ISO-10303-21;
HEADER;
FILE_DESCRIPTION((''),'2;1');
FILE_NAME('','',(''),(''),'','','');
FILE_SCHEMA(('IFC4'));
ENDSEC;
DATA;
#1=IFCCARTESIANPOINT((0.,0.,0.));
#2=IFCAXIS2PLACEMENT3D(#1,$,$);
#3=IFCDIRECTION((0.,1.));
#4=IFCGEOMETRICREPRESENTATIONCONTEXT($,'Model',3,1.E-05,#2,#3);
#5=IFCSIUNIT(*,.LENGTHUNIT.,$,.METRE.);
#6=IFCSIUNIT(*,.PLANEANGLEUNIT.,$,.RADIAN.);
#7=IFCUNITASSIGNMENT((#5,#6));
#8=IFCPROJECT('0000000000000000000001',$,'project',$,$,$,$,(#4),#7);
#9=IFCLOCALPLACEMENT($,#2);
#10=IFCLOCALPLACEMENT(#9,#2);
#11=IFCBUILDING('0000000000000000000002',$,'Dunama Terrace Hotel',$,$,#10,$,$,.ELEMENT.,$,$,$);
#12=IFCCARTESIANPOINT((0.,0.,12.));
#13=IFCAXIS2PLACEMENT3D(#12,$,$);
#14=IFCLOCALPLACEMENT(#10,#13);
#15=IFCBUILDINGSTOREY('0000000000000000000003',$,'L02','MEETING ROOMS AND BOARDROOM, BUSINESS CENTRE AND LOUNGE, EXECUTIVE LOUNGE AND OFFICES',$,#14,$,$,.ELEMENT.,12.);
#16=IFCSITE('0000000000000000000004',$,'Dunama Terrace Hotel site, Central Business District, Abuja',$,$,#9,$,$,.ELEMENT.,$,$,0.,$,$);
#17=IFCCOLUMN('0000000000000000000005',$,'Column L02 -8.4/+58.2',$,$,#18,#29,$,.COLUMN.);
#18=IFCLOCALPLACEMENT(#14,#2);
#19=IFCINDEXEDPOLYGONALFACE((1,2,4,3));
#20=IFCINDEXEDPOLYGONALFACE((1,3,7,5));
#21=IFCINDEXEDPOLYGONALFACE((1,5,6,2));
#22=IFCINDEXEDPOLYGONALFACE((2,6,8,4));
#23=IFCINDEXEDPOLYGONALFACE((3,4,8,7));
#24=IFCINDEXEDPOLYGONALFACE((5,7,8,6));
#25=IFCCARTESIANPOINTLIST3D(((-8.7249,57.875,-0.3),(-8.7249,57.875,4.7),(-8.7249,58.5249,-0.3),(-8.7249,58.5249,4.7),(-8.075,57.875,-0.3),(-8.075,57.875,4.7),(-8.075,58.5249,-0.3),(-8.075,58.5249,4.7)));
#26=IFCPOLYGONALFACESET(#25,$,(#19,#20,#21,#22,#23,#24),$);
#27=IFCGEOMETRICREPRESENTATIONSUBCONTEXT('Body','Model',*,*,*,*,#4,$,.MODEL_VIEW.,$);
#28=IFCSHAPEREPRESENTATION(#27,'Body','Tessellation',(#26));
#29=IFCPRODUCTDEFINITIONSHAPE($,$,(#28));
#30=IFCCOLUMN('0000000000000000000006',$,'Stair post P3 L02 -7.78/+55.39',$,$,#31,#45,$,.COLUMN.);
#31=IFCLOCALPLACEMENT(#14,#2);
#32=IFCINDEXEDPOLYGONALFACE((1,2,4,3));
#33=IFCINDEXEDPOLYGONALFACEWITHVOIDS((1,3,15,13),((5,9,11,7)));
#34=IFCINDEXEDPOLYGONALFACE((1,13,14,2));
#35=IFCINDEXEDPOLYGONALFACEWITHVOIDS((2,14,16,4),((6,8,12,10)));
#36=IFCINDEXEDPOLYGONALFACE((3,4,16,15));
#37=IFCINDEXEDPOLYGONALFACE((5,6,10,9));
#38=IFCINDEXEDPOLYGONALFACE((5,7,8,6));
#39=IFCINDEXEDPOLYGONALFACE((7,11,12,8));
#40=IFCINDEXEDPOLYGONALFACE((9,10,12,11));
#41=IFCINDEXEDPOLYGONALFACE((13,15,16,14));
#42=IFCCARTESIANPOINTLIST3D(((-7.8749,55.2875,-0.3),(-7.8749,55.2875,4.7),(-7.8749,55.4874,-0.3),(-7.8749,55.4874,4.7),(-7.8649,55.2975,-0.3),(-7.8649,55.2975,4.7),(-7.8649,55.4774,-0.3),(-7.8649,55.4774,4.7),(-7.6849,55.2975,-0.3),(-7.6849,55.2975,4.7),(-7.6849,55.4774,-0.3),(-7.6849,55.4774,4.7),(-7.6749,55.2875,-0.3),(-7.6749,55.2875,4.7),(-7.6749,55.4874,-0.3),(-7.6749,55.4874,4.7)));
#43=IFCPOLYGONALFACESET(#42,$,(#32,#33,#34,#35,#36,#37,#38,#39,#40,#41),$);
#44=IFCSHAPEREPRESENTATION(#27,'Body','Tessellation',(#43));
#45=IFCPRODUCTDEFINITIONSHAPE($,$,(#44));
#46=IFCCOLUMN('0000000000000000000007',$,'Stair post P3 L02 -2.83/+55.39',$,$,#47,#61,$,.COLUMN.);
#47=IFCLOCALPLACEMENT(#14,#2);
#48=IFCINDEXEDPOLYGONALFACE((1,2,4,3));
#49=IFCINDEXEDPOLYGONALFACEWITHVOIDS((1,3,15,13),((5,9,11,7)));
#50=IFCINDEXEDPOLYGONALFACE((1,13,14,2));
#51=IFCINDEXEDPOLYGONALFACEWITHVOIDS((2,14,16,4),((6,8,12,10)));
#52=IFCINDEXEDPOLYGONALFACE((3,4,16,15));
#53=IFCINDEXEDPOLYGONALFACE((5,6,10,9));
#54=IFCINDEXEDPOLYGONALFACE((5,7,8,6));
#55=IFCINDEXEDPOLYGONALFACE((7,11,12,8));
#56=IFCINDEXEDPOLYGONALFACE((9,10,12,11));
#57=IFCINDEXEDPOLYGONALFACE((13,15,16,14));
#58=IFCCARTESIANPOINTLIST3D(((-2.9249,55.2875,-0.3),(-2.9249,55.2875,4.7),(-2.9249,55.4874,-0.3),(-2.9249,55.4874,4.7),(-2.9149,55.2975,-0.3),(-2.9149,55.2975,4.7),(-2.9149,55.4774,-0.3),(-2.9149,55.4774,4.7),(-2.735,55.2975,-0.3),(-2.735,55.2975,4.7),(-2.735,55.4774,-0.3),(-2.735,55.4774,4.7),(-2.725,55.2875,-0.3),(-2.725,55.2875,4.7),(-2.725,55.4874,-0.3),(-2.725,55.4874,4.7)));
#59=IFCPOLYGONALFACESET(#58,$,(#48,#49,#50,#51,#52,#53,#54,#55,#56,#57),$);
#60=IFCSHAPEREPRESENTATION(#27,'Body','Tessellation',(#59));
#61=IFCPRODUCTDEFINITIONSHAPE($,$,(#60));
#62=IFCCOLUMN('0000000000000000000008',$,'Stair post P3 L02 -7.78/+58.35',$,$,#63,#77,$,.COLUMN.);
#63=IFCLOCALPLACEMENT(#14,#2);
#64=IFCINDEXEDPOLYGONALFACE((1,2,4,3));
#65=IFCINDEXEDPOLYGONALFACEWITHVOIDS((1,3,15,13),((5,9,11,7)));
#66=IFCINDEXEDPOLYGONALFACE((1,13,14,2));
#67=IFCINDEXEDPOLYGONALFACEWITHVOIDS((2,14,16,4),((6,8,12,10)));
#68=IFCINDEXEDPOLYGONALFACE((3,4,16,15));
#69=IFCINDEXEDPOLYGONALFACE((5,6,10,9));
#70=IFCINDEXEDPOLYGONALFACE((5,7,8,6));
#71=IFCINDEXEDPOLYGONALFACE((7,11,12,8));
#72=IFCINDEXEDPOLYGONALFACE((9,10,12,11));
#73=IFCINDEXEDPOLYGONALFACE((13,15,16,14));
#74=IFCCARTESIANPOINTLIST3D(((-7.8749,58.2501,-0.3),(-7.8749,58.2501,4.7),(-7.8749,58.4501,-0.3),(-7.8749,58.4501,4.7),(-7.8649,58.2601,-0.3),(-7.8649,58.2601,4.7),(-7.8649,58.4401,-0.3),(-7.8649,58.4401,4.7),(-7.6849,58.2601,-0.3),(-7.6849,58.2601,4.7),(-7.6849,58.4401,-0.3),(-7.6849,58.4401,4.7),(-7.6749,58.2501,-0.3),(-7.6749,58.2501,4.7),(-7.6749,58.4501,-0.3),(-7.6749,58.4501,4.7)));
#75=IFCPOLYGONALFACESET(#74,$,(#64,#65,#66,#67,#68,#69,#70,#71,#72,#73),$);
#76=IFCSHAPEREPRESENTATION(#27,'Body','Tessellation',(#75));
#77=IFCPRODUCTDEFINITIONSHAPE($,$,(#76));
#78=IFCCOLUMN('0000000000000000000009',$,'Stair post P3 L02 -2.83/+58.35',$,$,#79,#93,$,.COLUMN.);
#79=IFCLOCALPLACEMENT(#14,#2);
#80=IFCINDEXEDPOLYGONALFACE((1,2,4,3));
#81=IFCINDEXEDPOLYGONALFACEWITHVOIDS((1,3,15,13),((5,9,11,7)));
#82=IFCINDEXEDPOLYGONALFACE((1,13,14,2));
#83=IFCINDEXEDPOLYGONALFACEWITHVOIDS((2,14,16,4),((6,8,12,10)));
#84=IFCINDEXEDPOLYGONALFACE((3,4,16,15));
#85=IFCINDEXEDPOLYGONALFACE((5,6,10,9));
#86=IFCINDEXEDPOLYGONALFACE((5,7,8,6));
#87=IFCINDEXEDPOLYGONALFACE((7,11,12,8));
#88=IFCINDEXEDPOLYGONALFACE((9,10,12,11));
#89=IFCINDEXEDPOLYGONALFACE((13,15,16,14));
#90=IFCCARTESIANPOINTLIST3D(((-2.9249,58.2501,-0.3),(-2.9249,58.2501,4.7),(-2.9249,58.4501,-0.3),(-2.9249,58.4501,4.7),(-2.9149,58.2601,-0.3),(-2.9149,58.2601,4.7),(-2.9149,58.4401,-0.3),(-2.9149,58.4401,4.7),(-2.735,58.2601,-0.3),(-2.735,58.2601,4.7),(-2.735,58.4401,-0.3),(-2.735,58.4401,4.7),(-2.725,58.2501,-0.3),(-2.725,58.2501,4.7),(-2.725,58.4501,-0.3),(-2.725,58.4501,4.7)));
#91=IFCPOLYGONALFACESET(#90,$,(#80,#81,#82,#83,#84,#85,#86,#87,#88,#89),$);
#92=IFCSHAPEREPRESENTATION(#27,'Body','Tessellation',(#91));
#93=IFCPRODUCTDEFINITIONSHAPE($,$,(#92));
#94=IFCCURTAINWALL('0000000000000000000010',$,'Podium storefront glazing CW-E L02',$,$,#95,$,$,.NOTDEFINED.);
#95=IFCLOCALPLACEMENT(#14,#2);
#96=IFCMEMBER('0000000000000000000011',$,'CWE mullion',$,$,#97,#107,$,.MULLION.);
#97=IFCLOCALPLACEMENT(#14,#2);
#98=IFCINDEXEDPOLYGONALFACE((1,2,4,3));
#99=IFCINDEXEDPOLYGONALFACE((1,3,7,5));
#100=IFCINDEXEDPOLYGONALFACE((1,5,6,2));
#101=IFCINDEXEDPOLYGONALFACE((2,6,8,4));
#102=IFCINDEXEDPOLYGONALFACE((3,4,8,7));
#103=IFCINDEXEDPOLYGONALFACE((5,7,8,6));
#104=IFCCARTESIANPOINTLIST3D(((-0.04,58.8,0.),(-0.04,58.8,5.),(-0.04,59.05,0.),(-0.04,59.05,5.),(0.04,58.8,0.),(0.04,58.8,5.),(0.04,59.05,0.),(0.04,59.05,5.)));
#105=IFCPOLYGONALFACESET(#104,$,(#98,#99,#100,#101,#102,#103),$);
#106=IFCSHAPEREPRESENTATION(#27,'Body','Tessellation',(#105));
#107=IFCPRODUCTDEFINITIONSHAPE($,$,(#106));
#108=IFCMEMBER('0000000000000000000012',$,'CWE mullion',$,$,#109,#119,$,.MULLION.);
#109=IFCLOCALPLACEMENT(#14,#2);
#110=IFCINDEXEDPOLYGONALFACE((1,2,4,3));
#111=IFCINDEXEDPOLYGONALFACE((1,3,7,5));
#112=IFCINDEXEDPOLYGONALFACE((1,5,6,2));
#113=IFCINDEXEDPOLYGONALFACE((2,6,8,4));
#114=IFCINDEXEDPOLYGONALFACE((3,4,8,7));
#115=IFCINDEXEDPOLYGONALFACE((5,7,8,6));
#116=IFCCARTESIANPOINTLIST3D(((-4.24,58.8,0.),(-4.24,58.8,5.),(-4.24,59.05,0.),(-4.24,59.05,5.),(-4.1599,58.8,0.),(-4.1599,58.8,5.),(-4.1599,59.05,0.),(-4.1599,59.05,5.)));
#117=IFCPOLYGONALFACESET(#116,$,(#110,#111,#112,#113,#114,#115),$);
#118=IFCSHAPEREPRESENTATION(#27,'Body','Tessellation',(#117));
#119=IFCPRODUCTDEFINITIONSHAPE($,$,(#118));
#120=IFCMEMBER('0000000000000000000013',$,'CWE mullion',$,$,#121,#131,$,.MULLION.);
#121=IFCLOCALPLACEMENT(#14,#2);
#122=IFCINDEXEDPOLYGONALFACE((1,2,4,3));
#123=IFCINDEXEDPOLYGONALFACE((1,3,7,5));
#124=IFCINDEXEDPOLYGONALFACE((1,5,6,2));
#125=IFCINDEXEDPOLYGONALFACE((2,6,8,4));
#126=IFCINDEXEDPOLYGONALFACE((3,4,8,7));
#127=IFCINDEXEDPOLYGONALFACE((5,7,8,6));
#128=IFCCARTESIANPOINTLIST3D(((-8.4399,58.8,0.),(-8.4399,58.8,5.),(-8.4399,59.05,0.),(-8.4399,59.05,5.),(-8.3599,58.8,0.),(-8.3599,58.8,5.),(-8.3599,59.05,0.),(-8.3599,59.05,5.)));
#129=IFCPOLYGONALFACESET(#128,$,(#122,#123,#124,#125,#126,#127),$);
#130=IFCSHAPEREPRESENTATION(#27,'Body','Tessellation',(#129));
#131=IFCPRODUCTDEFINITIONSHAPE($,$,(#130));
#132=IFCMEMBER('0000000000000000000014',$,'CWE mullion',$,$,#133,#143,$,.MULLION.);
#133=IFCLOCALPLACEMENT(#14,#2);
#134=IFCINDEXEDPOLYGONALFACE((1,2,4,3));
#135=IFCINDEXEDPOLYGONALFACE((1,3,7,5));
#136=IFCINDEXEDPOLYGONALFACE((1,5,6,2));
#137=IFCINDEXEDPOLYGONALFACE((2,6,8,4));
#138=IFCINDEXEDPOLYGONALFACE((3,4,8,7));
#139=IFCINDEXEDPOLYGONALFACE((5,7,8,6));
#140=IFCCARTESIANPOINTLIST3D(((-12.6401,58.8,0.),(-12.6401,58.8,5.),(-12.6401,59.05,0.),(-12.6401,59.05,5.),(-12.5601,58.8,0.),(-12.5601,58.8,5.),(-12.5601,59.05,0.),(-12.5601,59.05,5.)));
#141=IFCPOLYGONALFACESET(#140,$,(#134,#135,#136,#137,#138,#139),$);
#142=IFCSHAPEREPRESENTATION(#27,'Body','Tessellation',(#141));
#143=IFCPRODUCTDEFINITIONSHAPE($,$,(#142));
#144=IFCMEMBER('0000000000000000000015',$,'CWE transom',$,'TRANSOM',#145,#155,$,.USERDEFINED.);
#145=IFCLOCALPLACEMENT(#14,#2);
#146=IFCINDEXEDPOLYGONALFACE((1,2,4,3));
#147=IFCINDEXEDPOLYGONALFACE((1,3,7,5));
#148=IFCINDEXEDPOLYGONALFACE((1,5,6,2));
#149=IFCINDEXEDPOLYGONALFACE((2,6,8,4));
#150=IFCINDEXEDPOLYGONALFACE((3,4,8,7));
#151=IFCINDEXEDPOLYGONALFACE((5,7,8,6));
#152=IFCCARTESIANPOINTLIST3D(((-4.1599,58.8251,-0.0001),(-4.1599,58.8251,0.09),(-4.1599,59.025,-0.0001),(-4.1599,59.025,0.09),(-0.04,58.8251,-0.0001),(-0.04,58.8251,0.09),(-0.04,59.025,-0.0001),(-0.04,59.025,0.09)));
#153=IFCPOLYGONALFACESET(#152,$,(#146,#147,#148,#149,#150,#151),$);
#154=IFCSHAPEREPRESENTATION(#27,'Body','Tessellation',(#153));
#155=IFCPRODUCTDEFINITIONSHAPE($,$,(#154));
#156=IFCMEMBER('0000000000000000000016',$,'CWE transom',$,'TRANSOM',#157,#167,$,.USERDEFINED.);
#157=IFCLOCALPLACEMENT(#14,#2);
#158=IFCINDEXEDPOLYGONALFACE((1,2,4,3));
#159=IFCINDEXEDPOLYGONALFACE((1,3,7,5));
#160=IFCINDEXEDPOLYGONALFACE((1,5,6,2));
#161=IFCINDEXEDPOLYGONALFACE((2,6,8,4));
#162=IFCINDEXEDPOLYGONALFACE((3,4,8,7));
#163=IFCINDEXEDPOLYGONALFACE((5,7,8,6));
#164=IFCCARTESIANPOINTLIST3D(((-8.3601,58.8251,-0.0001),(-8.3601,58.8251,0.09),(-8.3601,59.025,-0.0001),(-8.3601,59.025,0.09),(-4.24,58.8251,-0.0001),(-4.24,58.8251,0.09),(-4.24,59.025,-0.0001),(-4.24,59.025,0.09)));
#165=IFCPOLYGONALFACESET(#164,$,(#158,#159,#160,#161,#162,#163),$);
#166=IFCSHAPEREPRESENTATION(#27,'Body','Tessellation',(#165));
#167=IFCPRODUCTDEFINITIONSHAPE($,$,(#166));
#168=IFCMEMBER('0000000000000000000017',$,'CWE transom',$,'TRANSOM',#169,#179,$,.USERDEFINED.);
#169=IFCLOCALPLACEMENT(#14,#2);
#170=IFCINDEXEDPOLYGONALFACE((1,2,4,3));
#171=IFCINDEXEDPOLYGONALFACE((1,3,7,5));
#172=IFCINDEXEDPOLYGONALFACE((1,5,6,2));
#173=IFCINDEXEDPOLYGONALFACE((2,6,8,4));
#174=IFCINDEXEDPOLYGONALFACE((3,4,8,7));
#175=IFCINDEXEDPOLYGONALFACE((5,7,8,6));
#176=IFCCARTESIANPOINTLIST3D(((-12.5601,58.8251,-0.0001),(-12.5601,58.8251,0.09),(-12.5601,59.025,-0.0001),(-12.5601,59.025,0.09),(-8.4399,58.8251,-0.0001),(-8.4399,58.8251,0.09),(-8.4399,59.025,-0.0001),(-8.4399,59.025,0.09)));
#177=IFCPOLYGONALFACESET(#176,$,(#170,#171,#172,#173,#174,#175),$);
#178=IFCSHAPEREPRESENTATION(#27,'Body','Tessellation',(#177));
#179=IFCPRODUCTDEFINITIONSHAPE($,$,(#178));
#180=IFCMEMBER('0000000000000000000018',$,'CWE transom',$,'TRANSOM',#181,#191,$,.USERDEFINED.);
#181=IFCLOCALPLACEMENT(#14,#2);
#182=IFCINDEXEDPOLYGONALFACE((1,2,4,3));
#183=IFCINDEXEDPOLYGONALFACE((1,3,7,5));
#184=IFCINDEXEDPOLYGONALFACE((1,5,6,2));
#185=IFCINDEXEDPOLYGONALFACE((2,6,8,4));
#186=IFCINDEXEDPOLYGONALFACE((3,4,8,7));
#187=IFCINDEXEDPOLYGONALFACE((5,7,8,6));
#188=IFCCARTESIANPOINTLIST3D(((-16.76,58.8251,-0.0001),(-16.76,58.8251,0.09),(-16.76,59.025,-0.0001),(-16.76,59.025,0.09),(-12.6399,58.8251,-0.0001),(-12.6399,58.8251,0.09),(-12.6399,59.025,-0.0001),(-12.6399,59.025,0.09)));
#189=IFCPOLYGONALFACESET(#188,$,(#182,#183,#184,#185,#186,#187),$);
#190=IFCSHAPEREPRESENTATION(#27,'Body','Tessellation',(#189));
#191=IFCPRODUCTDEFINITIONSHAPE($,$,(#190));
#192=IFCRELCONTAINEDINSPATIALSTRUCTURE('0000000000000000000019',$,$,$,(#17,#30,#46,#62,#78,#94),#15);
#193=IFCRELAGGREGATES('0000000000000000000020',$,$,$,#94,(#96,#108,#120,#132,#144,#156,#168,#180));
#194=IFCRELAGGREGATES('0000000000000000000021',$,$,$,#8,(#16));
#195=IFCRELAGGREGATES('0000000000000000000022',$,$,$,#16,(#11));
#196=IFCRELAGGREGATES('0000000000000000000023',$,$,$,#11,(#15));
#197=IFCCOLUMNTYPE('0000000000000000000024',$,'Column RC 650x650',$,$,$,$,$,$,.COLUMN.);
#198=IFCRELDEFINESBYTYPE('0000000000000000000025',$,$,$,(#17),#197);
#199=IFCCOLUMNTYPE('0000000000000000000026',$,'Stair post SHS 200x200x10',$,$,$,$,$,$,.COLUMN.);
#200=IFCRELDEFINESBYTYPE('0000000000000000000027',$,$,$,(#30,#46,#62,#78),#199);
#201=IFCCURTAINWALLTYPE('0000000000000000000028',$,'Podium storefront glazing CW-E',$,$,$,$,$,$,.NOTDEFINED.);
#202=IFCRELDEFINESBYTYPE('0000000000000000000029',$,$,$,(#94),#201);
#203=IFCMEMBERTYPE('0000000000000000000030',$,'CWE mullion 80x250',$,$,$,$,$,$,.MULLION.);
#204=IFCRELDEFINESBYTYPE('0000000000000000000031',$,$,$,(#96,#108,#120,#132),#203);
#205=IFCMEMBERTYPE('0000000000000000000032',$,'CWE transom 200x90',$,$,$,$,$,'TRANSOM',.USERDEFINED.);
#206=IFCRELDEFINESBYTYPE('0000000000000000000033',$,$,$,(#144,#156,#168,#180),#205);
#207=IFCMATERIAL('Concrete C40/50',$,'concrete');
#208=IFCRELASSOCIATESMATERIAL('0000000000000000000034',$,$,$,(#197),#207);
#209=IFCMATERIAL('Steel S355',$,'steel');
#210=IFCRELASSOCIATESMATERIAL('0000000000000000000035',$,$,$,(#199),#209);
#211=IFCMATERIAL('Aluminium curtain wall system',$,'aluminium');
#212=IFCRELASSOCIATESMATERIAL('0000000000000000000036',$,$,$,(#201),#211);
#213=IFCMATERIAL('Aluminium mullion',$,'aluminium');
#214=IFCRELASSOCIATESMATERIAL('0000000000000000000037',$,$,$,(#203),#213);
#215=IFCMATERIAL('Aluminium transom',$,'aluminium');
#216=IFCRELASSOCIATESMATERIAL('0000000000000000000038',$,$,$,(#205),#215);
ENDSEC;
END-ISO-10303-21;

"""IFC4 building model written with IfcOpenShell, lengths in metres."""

from ifc_helpers import new_model, si_unit, direction, frame, origin, origin_2d, place, context, subcontext, project, spatial, rectangle, hollow_rectangle, extrude, material, material_profile, profile_set, type_object, element, aggregate, save


model = new_model("IFC4")

# Units and contexts
model_context = context("Model", 3, precision=1e-05, world=origin(), true_north=direction((0.0, 1.0)))
body_context = subcontext(model_context, "Body", "Model", "MODEL_VIEW")
ifc_project = project(units=[si_unit("LENGTHUNIT", "METRE"), si_unit("PLANEANGLEUNIT", "RADIAN")], contexts=[model_context])

# Site, building, storey
site_placement = place(None, origin())
site = spatial("IfcSite", under=ifc_project, at=site_placement, Name="Dunama Terrace Hotel site, Central Business District, Abuja", CompositionType="ELEMENT", RefElevation=0.0)
building_placement = place(site_placement, origin())
building = spatial("IfcBuilding", under=site, at=building_placement, Name="Dunama Terrace Hotel", CompositionType="ELEMENT")
storey_placement = place(building_placement, frame((0.0, 0.0, 12.0)))
storey = spatial("IfcBuildingStorey", under=building, at=storey_placement, Name="L02", Description="MEETING ROOMS AND BOARDROOM, BUSINESS CENTRE AND LOUNGE, EXECUTIVE LOUNGE AND OFFICES", CompositionType="ELEMENT", Elevation=12.0)

# Columns
ifc_material_1 = material(Name="Concrete C40/50", Category="concrete")
ifc_material_profile_1 = material_profile(ifc_material_1, rectangle(XDim=0.6499, YDim=0.6499, at=origin_2d()), Name="RC 650x650")
ifc_profile_set_1 = profile_set([ifc_material_profile_1], Name="Concrete C40/50")
column_type_1 = type_object("IfcColumnType", Name="Column RC 650x650", PredefinedType="COLUMN", material=ifc_profile_set_1)
column_placement = place(storey_placement, frame((-8.3999, 58.2, -0.3), z_axis=(0.0, 0.0, 1.0), x_axis=(1.0, 0.0, 0.0)))
element("IfcColumn", 1, at=column_placement, inside=storey, type_object=column_type_1, Name="Column L02 -8.4/+58.2", PredefinedType="COLUMN", context=body_context, shape_type="SweptSolid", body=[
    extrude(rectangle(XDim=0.6499, YDim=0.6499, at=origin_2d()), origin(), (0.0, 0.0, 1.0), 5.0),
])
ifc_material_2 = material(Name="Steel S355", Category="steel")
ifc_material_profile_2 = material_profile(ifc_material_2, hollow_rectangle(XDim=0.2, YDim=0.2, WallThickness=0.01, at=origin_2d()), Name="SHS 200x200x10")
ifc_profile_set_2 = profile_set([ifc_material_profile_2], Name="Steel S355")
column_type_2 = type_object("IfcColumnType", Name="Stair post SHS 200x200x10", PredefinedType="COLUMN", material=ifc_profile_set_2)
for number, where, z_axis, x_axis, name in (
    (2, (-7.7749, 55.3875, -0.3), (0.0, 0.0, 1.0), (1.0, 0.0, 0.0), "Stair post P3 L02 -7.78/+55.39"),
    (3, (-2.825, 55.3875, -0.3), (0.0, 0.0, 1.0), (1.0, 0.0, 0.0), "Stair post P3 L02 -2.83/+55.39"),
    (4, (-7.7749, 58.3501, -0.3), (0.0, 0.0, 1.0), (1.0, 0.0, 0.0), "Stair post P3 L02 -7.78/+58.35"),
    (5, (-2.825, 58.3501, -0.3), (0.0, 0.0, 1.0), (1.0, 0.0, 0.0), "Stair post P3 L02 -2.83/+58.35"),
):
    element("IfcColumn", number, at=place(storey_placement, frame(where, z_axis=z_axis, x_axis=x_axis)), inside=storey, type_object=column_type_2, Name=name, PredefinedType="COLUMN", context=body_context, shape_type="SweptSolid", body=[
        extrude(hollow_rectangle(XDim=0.2, YDim=0.2, WallThickness=0.01, at=origin_2d()), origin(), (0.0, 0.0, 1.0), 5.0),
    ])

# Curtain wall, members
ifc_material_3 = material(Name="Aluminium curtain wall system", Category="aluminium")
curtain_wall_type = type_object("IfcCurtainWallType", Name="Podium storefront glazing CW-E", PredefinedType="NOTDEFINED", material=ifc_material_3)
curtain_wall_placement = place(storey_placement, origin())
curtain_wall = element("IfcCurtainWall", 6, at=curtain_wall_placement, inside=storey, type_object=curtain_wall_type, Name="Podium storefront glazing CW-E L02", PredefinedType="NOTDEFINED")
ifc_material_4 = material(Name="Aluminium mullion", Category="aluminium")
ifc_material_profile_3 = material_profile(ifc_material_4, rectangle(XDim=0.0801, YDim=0.25, at=origin_2d()), Name="CWE MULLION 80X250")
ifc_profile_set_3 = profile_set([ifc_material_profile_3], Name="Aluminium mullion")
member_type_1 = type_object("IfcMemberType", Name="CWE mullion 80x250", PredefinedType="MULLION", material=ifc_profile_set_3)
member_1_placement = place(storey_placement, frame((0.0, 58.925, 0.0), z_axis=(0.0, 0.0, 1.0), x_axis=(-1.0, 0.0, 0.0)))
member_1 = element("IfcMember", 7, at=member_1_placement, type_object=member_type_1, Name="CWE mullion", PredefinedType="MULLION", context=body_context, shape_type="SweptSolid", body=[
    extrude(rectangle(XDim=0.0801, YDim=0.25, at=origin_2d()), origin(), (0.0, 0.0, 1.0), 5.0),
])
member_2_placement = place(storey_placement, frame((-4.2, 58.925, 0.0), z_axis=(0.0, 0.0, 1.0), x_axis=(-1.0, 0.0, 0.0)))
member_2 = element("IfcMember", 8, at=member_2_placement, type_object=member_type_1, Name="CWE mullion", PredefinedType="MULLION", context=body_context, shape_type="SweptSolid", body=[
    extrude(rectangle(XDim=0.0801, YDim=0.25, at=origin_2d()), origin(), (0.0, 0.0, 1.0), 5.0),
])
member_3_placement = place(storey_placement, frame((-8.3999, 58.925, 0.0), z_axis=(0.0, 0.0, 1.0), x_axis=(-1.0, 0.0, 0.0)))
member_3 = element("IfcMember", 9, at=member_3_placement, type_object=member_type_1, Name="CWE mullion", PredefinedType="MULLION", context=body_context, shape_type="SweptSolid", body=[
    extrude(rectangle(XDim=0.0801, YDim=0.25, at=origin_2d()), origin(), (0.0, 0.0, 1.0), 5.0),
])
member_4_placement = place(storey_placement, frame((-12.6001, 58.925, 0.0), z_axis=(0.0, 0.0, 1.0), x_axis=(-1.0, 0.0, 0.0)))
member_4 = element("IfcMember", 10, at=member_4_placement, type_object=member_type_1, Name="CWE mullion", PredefinedType="MULLION", context=body_context, shape_type="SweptSolid", body=[
    extrude(rectangle(XDim=0.0801, YDim=0.25, at=origin_2d()), origin(), (0.0, 0.0, 1.0), 5.0),
])
ifc_material_5 = material(Name="Aluminium transom", Category="aluminium")
ifc_material_profile_4 = material_profile(ifc_material_5, rectangle(XDim=0.2, YDim=0.0901, at=origin_2d()), Name="CWE TRANSOM 200X90")
ifc_profile_set_4 = profile_set([ifc_material_profile_4], Name="Aluminium transom")
member_type_2 = type_object("IfcMemberType", Name="CWE transom 200x90", ElementType="TRANSOM", PredefinedType="USERDEFINED", material=ifc_profile_set_4)
member_5_placement = place(storey_placement, frame((-0.04, 58.925, 0.0449), z_axis=(-1.0, 0.0, 0.0), x_axis=(0.0, -1.0, 0.0)))
member_5 = element("IfcMember", 11, at=member_5_placement, type_object=member_type_2, Name="CWE transom", ObjectType="TRANSOM", PredefinedType="USERDEFINED", context=body_context, shape_type="SweptSolid", body=[
    extrude(rectangle(XDim=0.2, YDim=0.0901, at=origin_2d()), origin(), (0.0, 0.0, 1.0), 4.1199),
])
member_6_placement = place(storey_placement, frame((-4.24, 58.925, 0.0449), z_axis=(-1.0, 0.0, 0.0), x_axis=(0.0, -1.0, 0.0)))
member_6 = element("IfcMember", 12, at=member_6_placement, type_object=member_type_2, Name="CWE transom", ObjectType="TRANSOM", PredefinedType="USERDEFINED", context=body_context, shape_type="SweptSolid", body=[
    extrude(rectangle(XDim=0.2, YDim=0.0901, at=origin_2d()), origin(), (0.0, 0.0, 1.0), 4.1201),
])
member_7_placement = place(storey_placement, frame((-8.4399, 58.925, 0.0449), z_axis=(-1.0, 0.0, 0.0), x_axis=(0.0, -1.0, 0.0)))
member_7 = element("IfcMember", 13, at=member_7_placement, type_object=member_type_2, Name="CWE transom", ObjectType="TRANSOM", PredefinedType="USERDEFINED", context=body_context, shape_type="SweptSolid", body=[
    extrude(rectangle(XDim=0.2, YDim=0.0901, at=origin_2d()), origin(), (0.0, 0.0, 1.0), 4.1201),
])
member_8_placement = place(storey_placement, frame((-12.6399, 58.925, 0.0449), z_axis=(-1.0, 0.0, 0.0), x_axis=(0.0, -1.0, 0.0)))
member_8 = element("IfcMember", 14, at=member_8_placement, type_object=member_type_2, Name="CWE transom", ObjectType="TRANSOM", PredefinedType="USERDEFINED", context=body_context, shape_type="SweptSolid", body=[
    extrude(rectangle(XDim=0.2, YDim=0.0901, at=origin_2d()), origin(), (0.0, 0.0, 1.0), 4.1201),
])

aggregate(curtain_wall, [member_1, member_2, member_3, member_4, member_5, member_6, member_7, member_8])

save(model, "model.ifc")
